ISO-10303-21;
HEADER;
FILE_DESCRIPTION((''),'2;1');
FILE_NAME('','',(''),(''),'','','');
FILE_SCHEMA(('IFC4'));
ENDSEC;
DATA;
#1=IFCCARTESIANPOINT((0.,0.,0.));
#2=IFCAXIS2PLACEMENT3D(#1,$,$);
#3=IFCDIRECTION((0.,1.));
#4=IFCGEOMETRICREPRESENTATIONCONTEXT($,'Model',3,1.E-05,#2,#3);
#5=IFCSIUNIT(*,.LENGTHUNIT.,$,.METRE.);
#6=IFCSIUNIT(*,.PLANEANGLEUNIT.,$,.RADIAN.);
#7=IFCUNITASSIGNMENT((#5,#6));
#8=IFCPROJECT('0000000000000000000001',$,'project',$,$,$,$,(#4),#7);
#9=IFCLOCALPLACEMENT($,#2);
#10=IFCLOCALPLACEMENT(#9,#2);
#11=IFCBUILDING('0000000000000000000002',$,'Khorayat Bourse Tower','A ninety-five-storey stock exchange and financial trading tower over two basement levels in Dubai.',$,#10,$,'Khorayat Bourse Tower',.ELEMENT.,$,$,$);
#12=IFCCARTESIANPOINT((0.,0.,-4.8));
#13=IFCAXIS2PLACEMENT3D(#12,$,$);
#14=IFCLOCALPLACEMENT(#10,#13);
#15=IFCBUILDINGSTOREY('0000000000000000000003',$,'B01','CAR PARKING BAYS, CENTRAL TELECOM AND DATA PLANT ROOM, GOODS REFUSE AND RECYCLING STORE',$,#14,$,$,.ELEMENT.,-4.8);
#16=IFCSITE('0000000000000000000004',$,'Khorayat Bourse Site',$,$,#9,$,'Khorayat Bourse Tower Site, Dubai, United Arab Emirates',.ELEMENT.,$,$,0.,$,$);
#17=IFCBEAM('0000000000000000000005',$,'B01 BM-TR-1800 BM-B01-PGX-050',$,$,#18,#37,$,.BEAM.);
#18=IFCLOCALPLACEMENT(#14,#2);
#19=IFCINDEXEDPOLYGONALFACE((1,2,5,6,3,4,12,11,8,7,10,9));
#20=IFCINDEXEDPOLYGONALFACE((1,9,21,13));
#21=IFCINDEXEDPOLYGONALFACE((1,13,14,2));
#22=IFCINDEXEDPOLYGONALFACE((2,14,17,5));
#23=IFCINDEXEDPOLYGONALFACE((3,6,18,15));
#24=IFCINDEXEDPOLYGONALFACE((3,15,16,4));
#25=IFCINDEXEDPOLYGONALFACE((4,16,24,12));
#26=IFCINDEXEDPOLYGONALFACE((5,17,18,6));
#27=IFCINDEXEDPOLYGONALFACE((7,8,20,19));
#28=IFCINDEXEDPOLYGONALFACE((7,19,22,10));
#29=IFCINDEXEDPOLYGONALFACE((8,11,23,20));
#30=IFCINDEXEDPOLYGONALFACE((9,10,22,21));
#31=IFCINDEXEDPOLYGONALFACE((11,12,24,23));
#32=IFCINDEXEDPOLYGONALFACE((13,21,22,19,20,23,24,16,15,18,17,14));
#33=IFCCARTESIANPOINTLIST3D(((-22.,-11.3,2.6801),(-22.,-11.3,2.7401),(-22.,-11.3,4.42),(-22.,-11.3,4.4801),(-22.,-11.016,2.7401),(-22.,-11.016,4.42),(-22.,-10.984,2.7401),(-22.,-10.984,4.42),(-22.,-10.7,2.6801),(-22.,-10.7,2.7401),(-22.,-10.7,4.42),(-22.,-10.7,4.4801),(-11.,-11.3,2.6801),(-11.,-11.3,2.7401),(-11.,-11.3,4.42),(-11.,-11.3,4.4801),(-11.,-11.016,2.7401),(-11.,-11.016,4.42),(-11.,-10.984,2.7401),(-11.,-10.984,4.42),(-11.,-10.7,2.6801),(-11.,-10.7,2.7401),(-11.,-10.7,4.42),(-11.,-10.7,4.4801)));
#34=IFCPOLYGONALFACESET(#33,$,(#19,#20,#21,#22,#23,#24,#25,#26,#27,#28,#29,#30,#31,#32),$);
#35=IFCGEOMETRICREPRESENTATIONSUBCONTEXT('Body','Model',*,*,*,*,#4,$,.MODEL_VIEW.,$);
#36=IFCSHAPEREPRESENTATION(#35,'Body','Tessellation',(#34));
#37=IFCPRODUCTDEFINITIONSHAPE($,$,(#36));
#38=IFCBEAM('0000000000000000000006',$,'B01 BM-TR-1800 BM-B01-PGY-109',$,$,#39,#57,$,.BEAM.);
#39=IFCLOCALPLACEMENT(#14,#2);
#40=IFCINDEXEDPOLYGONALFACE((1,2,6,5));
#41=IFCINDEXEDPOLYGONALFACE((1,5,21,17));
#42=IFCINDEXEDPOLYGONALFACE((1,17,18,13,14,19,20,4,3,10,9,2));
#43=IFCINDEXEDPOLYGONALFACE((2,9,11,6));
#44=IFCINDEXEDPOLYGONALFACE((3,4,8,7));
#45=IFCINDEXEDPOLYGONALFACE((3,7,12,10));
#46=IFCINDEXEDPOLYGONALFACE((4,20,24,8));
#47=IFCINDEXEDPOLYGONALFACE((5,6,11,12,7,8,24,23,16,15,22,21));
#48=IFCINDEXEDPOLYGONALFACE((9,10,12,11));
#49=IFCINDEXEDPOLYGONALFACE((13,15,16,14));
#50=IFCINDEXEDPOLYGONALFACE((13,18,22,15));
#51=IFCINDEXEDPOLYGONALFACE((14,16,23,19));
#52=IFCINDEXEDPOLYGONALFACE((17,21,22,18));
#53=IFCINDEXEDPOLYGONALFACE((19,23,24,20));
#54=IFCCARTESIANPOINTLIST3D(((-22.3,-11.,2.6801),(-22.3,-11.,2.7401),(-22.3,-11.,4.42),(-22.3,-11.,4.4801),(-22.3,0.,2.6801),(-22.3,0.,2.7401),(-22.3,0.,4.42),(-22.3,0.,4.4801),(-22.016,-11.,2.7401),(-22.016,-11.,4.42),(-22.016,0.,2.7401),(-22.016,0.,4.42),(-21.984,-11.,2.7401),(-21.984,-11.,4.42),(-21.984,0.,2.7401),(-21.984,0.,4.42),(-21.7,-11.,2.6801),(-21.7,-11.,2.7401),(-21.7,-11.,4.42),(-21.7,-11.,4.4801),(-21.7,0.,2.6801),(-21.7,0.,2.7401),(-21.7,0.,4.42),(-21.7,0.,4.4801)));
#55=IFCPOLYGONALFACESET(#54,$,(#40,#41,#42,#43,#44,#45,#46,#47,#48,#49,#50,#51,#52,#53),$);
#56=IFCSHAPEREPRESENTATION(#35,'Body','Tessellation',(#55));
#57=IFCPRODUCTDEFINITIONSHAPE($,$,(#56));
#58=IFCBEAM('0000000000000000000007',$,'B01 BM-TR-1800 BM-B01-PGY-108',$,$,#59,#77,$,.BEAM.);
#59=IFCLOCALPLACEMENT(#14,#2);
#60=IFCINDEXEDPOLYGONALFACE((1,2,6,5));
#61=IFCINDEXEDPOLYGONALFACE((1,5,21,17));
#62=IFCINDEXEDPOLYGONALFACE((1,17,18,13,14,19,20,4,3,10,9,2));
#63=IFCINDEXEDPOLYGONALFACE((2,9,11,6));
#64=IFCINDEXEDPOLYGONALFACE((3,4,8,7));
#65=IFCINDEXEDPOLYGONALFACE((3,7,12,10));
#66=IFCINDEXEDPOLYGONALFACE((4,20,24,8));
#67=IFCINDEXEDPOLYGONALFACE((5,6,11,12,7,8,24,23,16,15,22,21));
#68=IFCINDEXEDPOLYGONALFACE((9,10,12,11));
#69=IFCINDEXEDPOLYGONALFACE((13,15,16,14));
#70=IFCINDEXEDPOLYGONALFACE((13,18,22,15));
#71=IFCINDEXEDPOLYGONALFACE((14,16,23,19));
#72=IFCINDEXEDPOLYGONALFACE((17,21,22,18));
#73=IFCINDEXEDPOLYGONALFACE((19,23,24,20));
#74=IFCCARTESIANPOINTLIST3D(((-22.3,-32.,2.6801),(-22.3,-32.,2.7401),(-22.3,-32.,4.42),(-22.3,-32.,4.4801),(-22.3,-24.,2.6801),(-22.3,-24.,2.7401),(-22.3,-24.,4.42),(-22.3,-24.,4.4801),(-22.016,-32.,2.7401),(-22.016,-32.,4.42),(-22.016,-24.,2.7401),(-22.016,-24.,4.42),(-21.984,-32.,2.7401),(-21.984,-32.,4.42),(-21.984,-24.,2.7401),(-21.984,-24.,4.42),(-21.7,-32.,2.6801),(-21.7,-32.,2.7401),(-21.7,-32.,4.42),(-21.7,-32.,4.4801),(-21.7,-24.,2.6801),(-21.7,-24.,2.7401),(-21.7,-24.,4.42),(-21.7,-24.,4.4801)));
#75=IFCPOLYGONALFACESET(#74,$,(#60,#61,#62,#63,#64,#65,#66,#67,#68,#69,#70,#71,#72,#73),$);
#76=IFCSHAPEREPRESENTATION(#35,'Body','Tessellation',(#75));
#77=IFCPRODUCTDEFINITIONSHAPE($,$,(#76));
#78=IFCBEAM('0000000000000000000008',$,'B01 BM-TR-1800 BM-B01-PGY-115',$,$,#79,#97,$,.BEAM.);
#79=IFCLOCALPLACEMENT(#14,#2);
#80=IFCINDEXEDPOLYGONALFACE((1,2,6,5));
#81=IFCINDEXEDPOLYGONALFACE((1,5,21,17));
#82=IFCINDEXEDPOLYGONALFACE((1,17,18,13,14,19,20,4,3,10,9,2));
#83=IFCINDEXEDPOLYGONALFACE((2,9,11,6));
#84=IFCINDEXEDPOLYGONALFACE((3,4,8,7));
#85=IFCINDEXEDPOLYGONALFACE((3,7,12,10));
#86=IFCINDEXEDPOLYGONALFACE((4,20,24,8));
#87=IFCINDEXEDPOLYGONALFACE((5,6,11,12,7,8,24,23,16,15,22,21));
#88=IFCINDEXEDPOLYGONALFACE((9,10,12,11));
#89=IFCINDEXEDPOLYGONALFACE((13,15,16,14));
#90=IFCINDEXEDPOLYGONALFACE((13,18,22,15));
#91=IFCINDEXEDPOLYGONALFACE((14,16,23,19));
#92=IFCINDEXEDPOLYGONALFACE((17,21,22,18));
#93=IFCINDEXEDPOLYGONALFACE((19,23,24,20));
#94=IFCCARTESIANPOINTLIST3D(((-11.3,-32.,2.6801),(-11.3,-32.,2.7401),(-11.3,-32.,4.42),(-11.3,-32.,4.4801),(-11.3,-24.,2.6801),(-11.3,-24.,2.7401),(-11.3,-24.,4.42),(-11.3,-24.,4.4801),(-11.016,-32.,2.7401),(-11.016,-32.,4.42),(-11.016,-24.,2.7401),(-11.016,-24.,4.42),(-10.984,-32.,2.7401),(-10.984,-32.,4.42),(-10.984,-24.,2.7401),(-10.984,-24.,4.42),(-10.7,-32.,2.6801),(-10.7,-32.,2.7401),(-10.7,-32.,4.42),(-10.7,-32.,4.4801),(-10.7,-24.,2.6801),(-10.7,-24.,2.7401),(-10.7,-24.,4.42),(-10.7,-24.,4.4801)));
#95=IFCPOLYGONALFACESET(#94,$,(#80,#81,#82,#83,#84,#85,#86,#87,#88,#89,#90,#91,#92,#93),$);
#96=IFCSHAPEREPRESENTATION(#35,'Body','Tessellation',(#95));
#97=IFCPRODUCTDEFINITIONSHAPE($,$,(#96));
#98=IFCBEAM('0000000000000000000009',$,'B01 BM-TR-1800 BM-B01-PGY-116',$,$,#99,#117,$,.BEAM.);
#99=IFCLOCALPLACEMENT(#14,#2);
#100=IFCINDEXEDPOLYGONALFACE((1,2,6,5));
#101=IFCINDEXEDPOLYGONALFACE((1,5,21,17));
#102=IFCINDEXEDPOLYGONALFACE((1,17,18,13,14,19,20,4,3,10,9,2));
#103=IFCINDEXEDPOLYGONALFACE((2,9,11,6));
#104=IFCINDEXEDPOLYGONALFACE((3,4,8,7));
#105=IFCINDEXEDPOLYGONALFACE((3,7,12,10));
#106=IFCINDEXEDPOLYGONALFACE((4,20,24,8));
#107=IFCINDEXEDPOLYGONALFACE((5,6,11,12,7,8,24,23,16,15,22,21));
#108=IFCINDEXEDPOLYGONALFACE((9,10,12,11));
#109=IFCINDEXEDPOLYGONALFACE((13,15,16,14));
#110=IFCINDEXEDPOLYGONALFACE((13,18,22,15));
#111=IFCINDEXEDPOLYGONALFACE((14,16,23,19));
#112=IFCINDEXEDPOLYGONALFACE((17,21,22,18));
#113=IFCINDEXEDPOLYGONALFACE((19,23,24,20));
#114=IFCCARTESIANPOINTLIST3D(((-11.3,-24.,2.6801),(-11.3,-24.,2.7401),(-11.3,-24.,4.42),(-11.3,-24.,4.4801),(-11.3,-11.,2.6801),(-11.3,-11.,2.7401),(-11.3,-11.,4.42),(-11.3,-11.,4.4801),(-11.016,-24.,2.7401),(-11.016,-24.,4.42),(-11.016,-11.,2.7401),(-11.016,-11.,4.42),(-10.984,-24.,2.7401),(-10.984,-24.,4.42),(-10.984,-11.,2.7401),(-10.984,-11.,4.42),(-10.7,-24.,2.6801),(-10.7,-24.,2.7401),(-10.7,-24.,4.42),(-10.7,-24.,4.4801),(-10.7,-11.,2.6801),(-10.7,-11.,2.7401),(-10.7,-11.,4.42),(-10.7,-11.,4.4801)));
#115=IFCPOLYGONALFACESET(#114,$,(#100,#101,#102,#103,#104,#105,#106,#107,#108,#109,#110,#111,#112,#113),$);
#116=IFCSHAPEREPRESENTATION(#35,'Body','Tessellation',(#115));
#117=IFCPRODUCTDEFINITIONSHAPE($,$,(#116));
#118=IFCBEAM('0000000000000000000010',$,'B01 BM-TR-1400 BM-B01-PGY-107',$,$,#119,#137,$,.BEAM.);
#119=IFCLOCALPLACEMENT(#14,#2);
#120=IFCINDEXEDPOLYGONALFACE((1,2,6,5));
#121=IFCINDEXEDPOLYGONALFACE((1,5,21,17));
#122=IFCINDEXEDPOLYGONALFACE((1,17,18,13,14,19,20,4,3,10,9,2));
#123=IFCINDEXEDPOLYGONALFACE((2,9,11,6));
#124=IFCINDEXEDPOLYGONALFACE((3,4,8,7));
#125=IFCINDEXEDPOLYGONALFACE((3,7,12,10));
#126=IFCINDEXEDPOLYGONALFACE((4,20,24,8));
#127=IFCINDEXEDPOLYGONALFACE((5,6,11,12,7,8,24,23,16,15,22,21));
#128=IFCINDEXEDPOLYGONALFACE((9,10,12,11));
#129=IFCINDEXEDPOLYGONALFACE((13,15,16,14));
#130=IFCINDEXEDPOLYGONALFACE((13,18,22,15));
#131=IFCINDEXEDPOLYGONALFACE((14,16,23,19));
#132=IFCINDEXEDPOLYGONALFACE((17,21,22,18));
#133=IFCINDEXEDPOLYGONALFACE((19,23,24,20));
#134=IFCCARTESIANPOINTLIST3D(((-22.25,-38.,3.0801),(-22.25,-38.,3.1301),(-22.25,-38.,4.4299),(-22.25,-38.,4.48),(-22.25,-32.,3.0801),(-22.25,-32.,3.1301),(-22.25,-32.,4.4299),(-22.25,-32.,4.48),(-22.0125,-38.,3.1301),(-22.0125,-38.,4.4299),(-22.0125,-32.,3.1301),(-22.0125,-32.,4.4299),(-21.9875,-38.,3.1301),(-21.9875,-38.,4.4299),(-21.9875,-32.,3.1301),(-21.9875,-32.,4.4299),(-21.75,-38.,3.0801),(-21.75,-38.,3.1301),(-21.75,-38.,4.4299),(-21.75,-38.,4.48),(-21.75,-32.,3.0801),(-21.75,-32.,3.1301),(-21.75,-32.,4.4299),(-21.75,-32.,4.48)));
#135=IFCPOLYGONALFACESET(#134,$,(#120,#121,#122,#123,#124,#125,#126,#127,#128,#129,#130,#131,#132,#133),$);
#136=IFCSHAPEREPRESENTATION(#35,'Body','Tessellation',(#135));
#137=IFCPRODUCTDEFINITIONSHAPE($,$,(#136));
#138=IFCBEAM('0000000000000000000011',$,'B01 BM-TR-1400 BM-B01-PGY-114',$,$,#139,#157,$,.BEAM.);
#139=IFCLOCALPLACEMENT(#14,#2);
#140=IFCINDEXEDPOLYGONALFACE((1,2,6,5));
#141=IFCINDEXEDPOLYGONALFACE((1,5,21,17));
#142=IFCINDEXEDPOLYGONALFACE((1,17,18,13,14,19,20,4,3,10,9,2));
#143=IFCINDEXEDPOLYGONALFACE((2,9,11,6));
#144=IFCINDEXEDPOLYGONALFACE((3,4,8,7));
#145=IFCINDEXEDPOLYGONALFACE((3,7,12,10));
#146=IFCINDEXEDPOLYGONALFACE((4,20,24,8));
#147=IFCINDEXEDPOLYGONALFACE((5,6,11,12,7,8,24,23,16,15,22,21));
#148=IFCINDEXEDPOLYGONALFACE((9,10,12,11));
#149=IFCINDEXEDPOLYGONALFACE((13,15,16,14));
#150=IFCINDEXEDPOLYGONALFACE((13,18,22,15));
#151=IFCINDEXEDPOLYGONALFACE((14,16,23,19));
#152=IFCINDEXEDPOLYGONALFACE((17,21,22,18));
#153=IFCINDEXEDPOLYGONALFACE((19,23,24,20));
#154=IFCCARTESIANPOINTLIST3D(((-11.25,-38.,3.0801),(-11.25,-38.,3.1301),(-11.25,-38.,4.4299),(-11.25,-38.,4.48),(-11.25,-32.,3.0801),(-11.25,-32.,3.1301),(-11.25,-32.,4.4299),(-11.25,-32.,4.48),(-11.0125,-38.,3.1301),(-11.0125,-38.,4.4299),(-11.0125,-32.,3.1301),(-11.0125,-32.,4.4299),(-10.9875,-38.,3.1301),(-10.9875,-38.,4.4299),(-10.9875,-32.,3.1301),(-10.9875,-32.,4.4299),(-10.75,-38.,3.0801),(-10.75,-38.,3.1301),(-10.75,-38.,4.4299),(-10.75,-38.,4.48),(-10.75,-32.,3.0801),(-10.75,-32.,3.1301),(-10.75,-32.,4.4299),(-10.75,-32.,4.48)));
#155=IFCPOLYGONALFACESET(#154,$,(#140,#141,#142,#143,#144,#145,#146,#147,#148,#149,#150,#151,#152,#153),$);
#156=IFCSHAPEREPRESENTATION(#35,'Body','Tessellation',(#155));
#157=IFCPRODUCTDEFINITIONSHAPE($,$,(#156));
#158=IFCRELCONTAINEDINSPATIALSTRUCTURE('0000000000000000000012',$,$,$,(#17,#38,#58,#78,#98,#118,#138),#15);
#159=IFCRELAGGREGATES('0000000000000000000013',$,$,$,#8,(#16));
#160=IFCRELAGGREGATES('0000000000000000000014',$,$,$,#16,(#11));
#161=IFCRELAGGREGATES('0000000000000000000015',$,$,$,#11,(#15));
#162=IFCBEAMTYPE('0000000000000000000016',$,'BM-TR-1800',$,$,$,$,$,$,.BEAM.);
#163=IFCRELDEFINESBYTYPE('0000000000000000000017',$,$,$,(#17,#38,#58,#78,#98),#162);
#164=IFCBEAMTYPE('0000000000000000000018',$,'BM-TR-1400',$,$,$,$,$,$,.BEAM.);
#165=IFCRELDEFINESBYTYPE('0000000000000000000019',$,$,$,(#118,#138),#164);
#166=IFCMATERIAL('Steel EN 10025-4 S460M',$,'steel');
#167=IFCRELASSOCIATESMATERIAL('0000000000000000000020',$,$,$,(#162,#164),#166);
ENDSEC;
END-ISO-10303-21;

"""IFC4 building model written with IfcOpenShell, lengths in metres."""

from ifc_helpers import new_model, si_unit, direction, frame, origin, origin_2d, place, context, subcontext, project, spatial, i_section, extrude, source, transform, mapped, material, material_profile, profile_set, type_object, element, save


model = new_model("IFC4")

# Units and contexts
model_context = context("Model", 3, precision=1e-05, world=origin(), true_north=direction((0.0, 1.0)))
body_context = subcontext(model_context, "Body", "Model", "MODEL_VIEW")
ifc_project = project(units=[si_unit("LENGTHUNIT", "METRE"), si_unit("PLANEANGLEUNIT", "RADIAN")], contexts=[model_context])

# Site, building, storey
site_placement = place(None, origin())
site = spatial("IfcSite", under=ifc_project, at=site_placement, Name="Khorayat Bourse Site", LongName="Khorayat Bourse Tower Site, Dubai, United Arab Emirates", CompositionType="ELEMENT", RefElevation=0.0)
building_placement = place(site_placement, origin())
building = spatial("IfcBuilding", under=site, at=building_placement, Name="Khorayat Bourse Tower", Description="A ninety-five-storey stock exchange and financial trading tower over two basement levels in Dubai.", LongName="Khorayat Bourse Tower", CompositionType="ELEMENT")
storey_placement = place(building_placement, frame((0.0, 0.0, -4.8)))
storey = spatial("IfcBuildingStorey", under=building, at=storey_placement, Name="B01", Description="CAR PARKING BAYS, CENTRAL TELECOM AND DATA PLANT ROOM, GOODS REFUSE AND RECYCLING STORE", CompositionType="ELEMENT", Elevation=-4.8)

# Beams
ifc_material_1 = material(Name="Steel EN 10025-4 S460M", Category="steel")
ifc_material_profile_1 = material_profile(ifc_material_1, i_section(OverallWidth=0.6001, OverallDepth=1.8, WebThickness=0.032, FlangeThickness=0.0601, at=origin_2d()), Name="PG 1800x600x32x60")
ifc_profile_set_1 = profile_set([ifc_material_profile_1], Name="Steel EN 10025-4 S460M")
beam_type_1 = type_object("IfcBeamType", Name="BM-TR-1800", PredefinedType="BEAM", material=ifc_profile_set_1)
shared_shape_1 = source(origin(), body_context, "Body", "SweptSolid", [
    extrude(i_section(OverallWidth=0.6001, OverallDepth=1.8, WebThickness=0.032, FlangeThickness=0.0601, at=origin_2d()), origin(), (0.0, 0.0, 1.0), 11.0),
])
for number, where, z_axis, x_axis, name in (
    (1, (-22.0, -11.0, 3.5801), (1.0, 0.0, 0.0), (0.0, 1.0, 0.0), "B01 BM-TR-1800 BM-B01-PGX-050"),
    (2, (-22.0, -11.0, 3.5801), (0.0, 1.0, 0.0), (-1.0, 0.0, 0.0), "B01 BM-TR-1800 BM-B01-PGY-109"),
):
    element("IfcBeam", number, at=place(storey_placement, frame(where, z_axis=z_axis, x_axis=x_axis)), inside=storey, type_object=beam_type_1, Name=name, PredefinedType="BEAM", context=body_context, shape_type="MappedRepresentation", body=[
        mapped(shared_shape_1, transform((0.0, 0.0, 0.0), scale=1.0)),
    ])
shared_shape_2 = source(origin(), body_context, "Body", "SweptSolid", [
    extrude(i_section(OverallWidth=0.6001, OverallDepth=1.8, WebThickness=0.032, FlangeThickness=0.0601, at=origin_2d()), origin(), (0.0, 0.0, 1.0), 8.0),
])
for number, where, z_axis, x_axis, name in (
    (3, (-22.0, -32.0, 3.5801), (0.0, 1.0, 0.0), (-1.0, 0.0, 0.0), "B01 BM-TR-1800 BM-B01-PGY-108"),
    (4, (-11.0, -32.0, 3.5801), (0.0, 1.0, 0.0), (-1.0, 0.0, 0.0), "B01 BM-TR-1800 BM-B01-PGY-115"),
):
    element("IfcBeam", number, at=place(storey_placement, frame(where, z_axis=z_axis, x_axis=x_axis)), inside=storey, type_object=beam_type_1, Name=name, PredefinedType="BEAM", context=body_context, shape_type="MappedRepresentation", body=[
        mapped(shared_shape_2, transform((0.0, 0.0, 0.0), scale=1.0)),
    ])
shared_shape_3 = source(origin(), body_context, "Body", "SweptSolid", [
    extrude(i_section(OverallWidth=0.6001, OverallDepth=1.8, WebThickness=0.032, FlangeThickness=0.0601, at=origin_2d()), origin(), (0.0, 0.0, 1.0), 13.0),
])
beam_1_placement = place(storey_placement, frame((-11.0, -24.0, 3.5801), z_axis=(0.0, 1.0, 0.0), x_axis=(-1.0, 0.0, 0.0)))
element("IfcBeam", 5, at=beam_1_placement, inside=storey, type_object=beam_type_1, Name="B01 BM-TR-1800 BM-B01-PGY-116", PredefinedType="BEAM", context=body_context, shape_type="MappedRepresentation", body=[
    mapped(shared_shape_3, transform((0.0, 0.0, 0.0), scale=1.0)),
])
ifc_material_profile_2 = material_profile(ifc_material_1, i_section(OverallWidth=0.5, OverallDepth=1.3999, WebThickness=0.0249, FlangeThickness=0.05, at=origin_2d()), Name="PG 1400x500x25x50")
ifc_profile_set_2 = profile_set([ifc_material_profile_2], Name="Steel EN 10025-4 S460M")
beam_type_2 = type_object("IfcBeamType", Name="BM-TR-1400", PredefinedType="BEAM", material=ifc_profile_set_2)
shared_shape_4 = source(origin(), body_context, "Body", "SweptSolid", [
    extrude(i_section(OverallWidth=0.5, OverallDepth=1.3999, WebThickness=0.0249, FlangeThickness=0.05, at=origin_2d()), origin(), (0.0, 0.0, 1.0), 6.0),
])
for number, where, z_axis, x_axis, name in (
    (6, (-22.0, -38.0, 3.78), (0.0, 1.0, 0.0), (-1.0, 0.0, 0.0), "B01 BM-TR-1400 BM-B01-PGY-107"),
    (7, (-11.0, -38.0, 3.78), (0.0, 1.0, 0.0), (-1.0, 0.0, 0.0), "B01 BM-TR-1400 BM-B01-PGY-114"),
):
    element("IfcBeam", number, at=place(storey_placement, frame(where, z_axis=z_axis, x_axis=x_axis)), inside=storey, type_object=beam_type_2, Name=name, PredefinedType="BEAM", context=body_context, shape_type="MappedRepresentation", body=[
        mapped(shared_shape_4, transform((0.0, 0.0, 0.0), scale=1.0)),
    ])

save(model, "model.ifc")
